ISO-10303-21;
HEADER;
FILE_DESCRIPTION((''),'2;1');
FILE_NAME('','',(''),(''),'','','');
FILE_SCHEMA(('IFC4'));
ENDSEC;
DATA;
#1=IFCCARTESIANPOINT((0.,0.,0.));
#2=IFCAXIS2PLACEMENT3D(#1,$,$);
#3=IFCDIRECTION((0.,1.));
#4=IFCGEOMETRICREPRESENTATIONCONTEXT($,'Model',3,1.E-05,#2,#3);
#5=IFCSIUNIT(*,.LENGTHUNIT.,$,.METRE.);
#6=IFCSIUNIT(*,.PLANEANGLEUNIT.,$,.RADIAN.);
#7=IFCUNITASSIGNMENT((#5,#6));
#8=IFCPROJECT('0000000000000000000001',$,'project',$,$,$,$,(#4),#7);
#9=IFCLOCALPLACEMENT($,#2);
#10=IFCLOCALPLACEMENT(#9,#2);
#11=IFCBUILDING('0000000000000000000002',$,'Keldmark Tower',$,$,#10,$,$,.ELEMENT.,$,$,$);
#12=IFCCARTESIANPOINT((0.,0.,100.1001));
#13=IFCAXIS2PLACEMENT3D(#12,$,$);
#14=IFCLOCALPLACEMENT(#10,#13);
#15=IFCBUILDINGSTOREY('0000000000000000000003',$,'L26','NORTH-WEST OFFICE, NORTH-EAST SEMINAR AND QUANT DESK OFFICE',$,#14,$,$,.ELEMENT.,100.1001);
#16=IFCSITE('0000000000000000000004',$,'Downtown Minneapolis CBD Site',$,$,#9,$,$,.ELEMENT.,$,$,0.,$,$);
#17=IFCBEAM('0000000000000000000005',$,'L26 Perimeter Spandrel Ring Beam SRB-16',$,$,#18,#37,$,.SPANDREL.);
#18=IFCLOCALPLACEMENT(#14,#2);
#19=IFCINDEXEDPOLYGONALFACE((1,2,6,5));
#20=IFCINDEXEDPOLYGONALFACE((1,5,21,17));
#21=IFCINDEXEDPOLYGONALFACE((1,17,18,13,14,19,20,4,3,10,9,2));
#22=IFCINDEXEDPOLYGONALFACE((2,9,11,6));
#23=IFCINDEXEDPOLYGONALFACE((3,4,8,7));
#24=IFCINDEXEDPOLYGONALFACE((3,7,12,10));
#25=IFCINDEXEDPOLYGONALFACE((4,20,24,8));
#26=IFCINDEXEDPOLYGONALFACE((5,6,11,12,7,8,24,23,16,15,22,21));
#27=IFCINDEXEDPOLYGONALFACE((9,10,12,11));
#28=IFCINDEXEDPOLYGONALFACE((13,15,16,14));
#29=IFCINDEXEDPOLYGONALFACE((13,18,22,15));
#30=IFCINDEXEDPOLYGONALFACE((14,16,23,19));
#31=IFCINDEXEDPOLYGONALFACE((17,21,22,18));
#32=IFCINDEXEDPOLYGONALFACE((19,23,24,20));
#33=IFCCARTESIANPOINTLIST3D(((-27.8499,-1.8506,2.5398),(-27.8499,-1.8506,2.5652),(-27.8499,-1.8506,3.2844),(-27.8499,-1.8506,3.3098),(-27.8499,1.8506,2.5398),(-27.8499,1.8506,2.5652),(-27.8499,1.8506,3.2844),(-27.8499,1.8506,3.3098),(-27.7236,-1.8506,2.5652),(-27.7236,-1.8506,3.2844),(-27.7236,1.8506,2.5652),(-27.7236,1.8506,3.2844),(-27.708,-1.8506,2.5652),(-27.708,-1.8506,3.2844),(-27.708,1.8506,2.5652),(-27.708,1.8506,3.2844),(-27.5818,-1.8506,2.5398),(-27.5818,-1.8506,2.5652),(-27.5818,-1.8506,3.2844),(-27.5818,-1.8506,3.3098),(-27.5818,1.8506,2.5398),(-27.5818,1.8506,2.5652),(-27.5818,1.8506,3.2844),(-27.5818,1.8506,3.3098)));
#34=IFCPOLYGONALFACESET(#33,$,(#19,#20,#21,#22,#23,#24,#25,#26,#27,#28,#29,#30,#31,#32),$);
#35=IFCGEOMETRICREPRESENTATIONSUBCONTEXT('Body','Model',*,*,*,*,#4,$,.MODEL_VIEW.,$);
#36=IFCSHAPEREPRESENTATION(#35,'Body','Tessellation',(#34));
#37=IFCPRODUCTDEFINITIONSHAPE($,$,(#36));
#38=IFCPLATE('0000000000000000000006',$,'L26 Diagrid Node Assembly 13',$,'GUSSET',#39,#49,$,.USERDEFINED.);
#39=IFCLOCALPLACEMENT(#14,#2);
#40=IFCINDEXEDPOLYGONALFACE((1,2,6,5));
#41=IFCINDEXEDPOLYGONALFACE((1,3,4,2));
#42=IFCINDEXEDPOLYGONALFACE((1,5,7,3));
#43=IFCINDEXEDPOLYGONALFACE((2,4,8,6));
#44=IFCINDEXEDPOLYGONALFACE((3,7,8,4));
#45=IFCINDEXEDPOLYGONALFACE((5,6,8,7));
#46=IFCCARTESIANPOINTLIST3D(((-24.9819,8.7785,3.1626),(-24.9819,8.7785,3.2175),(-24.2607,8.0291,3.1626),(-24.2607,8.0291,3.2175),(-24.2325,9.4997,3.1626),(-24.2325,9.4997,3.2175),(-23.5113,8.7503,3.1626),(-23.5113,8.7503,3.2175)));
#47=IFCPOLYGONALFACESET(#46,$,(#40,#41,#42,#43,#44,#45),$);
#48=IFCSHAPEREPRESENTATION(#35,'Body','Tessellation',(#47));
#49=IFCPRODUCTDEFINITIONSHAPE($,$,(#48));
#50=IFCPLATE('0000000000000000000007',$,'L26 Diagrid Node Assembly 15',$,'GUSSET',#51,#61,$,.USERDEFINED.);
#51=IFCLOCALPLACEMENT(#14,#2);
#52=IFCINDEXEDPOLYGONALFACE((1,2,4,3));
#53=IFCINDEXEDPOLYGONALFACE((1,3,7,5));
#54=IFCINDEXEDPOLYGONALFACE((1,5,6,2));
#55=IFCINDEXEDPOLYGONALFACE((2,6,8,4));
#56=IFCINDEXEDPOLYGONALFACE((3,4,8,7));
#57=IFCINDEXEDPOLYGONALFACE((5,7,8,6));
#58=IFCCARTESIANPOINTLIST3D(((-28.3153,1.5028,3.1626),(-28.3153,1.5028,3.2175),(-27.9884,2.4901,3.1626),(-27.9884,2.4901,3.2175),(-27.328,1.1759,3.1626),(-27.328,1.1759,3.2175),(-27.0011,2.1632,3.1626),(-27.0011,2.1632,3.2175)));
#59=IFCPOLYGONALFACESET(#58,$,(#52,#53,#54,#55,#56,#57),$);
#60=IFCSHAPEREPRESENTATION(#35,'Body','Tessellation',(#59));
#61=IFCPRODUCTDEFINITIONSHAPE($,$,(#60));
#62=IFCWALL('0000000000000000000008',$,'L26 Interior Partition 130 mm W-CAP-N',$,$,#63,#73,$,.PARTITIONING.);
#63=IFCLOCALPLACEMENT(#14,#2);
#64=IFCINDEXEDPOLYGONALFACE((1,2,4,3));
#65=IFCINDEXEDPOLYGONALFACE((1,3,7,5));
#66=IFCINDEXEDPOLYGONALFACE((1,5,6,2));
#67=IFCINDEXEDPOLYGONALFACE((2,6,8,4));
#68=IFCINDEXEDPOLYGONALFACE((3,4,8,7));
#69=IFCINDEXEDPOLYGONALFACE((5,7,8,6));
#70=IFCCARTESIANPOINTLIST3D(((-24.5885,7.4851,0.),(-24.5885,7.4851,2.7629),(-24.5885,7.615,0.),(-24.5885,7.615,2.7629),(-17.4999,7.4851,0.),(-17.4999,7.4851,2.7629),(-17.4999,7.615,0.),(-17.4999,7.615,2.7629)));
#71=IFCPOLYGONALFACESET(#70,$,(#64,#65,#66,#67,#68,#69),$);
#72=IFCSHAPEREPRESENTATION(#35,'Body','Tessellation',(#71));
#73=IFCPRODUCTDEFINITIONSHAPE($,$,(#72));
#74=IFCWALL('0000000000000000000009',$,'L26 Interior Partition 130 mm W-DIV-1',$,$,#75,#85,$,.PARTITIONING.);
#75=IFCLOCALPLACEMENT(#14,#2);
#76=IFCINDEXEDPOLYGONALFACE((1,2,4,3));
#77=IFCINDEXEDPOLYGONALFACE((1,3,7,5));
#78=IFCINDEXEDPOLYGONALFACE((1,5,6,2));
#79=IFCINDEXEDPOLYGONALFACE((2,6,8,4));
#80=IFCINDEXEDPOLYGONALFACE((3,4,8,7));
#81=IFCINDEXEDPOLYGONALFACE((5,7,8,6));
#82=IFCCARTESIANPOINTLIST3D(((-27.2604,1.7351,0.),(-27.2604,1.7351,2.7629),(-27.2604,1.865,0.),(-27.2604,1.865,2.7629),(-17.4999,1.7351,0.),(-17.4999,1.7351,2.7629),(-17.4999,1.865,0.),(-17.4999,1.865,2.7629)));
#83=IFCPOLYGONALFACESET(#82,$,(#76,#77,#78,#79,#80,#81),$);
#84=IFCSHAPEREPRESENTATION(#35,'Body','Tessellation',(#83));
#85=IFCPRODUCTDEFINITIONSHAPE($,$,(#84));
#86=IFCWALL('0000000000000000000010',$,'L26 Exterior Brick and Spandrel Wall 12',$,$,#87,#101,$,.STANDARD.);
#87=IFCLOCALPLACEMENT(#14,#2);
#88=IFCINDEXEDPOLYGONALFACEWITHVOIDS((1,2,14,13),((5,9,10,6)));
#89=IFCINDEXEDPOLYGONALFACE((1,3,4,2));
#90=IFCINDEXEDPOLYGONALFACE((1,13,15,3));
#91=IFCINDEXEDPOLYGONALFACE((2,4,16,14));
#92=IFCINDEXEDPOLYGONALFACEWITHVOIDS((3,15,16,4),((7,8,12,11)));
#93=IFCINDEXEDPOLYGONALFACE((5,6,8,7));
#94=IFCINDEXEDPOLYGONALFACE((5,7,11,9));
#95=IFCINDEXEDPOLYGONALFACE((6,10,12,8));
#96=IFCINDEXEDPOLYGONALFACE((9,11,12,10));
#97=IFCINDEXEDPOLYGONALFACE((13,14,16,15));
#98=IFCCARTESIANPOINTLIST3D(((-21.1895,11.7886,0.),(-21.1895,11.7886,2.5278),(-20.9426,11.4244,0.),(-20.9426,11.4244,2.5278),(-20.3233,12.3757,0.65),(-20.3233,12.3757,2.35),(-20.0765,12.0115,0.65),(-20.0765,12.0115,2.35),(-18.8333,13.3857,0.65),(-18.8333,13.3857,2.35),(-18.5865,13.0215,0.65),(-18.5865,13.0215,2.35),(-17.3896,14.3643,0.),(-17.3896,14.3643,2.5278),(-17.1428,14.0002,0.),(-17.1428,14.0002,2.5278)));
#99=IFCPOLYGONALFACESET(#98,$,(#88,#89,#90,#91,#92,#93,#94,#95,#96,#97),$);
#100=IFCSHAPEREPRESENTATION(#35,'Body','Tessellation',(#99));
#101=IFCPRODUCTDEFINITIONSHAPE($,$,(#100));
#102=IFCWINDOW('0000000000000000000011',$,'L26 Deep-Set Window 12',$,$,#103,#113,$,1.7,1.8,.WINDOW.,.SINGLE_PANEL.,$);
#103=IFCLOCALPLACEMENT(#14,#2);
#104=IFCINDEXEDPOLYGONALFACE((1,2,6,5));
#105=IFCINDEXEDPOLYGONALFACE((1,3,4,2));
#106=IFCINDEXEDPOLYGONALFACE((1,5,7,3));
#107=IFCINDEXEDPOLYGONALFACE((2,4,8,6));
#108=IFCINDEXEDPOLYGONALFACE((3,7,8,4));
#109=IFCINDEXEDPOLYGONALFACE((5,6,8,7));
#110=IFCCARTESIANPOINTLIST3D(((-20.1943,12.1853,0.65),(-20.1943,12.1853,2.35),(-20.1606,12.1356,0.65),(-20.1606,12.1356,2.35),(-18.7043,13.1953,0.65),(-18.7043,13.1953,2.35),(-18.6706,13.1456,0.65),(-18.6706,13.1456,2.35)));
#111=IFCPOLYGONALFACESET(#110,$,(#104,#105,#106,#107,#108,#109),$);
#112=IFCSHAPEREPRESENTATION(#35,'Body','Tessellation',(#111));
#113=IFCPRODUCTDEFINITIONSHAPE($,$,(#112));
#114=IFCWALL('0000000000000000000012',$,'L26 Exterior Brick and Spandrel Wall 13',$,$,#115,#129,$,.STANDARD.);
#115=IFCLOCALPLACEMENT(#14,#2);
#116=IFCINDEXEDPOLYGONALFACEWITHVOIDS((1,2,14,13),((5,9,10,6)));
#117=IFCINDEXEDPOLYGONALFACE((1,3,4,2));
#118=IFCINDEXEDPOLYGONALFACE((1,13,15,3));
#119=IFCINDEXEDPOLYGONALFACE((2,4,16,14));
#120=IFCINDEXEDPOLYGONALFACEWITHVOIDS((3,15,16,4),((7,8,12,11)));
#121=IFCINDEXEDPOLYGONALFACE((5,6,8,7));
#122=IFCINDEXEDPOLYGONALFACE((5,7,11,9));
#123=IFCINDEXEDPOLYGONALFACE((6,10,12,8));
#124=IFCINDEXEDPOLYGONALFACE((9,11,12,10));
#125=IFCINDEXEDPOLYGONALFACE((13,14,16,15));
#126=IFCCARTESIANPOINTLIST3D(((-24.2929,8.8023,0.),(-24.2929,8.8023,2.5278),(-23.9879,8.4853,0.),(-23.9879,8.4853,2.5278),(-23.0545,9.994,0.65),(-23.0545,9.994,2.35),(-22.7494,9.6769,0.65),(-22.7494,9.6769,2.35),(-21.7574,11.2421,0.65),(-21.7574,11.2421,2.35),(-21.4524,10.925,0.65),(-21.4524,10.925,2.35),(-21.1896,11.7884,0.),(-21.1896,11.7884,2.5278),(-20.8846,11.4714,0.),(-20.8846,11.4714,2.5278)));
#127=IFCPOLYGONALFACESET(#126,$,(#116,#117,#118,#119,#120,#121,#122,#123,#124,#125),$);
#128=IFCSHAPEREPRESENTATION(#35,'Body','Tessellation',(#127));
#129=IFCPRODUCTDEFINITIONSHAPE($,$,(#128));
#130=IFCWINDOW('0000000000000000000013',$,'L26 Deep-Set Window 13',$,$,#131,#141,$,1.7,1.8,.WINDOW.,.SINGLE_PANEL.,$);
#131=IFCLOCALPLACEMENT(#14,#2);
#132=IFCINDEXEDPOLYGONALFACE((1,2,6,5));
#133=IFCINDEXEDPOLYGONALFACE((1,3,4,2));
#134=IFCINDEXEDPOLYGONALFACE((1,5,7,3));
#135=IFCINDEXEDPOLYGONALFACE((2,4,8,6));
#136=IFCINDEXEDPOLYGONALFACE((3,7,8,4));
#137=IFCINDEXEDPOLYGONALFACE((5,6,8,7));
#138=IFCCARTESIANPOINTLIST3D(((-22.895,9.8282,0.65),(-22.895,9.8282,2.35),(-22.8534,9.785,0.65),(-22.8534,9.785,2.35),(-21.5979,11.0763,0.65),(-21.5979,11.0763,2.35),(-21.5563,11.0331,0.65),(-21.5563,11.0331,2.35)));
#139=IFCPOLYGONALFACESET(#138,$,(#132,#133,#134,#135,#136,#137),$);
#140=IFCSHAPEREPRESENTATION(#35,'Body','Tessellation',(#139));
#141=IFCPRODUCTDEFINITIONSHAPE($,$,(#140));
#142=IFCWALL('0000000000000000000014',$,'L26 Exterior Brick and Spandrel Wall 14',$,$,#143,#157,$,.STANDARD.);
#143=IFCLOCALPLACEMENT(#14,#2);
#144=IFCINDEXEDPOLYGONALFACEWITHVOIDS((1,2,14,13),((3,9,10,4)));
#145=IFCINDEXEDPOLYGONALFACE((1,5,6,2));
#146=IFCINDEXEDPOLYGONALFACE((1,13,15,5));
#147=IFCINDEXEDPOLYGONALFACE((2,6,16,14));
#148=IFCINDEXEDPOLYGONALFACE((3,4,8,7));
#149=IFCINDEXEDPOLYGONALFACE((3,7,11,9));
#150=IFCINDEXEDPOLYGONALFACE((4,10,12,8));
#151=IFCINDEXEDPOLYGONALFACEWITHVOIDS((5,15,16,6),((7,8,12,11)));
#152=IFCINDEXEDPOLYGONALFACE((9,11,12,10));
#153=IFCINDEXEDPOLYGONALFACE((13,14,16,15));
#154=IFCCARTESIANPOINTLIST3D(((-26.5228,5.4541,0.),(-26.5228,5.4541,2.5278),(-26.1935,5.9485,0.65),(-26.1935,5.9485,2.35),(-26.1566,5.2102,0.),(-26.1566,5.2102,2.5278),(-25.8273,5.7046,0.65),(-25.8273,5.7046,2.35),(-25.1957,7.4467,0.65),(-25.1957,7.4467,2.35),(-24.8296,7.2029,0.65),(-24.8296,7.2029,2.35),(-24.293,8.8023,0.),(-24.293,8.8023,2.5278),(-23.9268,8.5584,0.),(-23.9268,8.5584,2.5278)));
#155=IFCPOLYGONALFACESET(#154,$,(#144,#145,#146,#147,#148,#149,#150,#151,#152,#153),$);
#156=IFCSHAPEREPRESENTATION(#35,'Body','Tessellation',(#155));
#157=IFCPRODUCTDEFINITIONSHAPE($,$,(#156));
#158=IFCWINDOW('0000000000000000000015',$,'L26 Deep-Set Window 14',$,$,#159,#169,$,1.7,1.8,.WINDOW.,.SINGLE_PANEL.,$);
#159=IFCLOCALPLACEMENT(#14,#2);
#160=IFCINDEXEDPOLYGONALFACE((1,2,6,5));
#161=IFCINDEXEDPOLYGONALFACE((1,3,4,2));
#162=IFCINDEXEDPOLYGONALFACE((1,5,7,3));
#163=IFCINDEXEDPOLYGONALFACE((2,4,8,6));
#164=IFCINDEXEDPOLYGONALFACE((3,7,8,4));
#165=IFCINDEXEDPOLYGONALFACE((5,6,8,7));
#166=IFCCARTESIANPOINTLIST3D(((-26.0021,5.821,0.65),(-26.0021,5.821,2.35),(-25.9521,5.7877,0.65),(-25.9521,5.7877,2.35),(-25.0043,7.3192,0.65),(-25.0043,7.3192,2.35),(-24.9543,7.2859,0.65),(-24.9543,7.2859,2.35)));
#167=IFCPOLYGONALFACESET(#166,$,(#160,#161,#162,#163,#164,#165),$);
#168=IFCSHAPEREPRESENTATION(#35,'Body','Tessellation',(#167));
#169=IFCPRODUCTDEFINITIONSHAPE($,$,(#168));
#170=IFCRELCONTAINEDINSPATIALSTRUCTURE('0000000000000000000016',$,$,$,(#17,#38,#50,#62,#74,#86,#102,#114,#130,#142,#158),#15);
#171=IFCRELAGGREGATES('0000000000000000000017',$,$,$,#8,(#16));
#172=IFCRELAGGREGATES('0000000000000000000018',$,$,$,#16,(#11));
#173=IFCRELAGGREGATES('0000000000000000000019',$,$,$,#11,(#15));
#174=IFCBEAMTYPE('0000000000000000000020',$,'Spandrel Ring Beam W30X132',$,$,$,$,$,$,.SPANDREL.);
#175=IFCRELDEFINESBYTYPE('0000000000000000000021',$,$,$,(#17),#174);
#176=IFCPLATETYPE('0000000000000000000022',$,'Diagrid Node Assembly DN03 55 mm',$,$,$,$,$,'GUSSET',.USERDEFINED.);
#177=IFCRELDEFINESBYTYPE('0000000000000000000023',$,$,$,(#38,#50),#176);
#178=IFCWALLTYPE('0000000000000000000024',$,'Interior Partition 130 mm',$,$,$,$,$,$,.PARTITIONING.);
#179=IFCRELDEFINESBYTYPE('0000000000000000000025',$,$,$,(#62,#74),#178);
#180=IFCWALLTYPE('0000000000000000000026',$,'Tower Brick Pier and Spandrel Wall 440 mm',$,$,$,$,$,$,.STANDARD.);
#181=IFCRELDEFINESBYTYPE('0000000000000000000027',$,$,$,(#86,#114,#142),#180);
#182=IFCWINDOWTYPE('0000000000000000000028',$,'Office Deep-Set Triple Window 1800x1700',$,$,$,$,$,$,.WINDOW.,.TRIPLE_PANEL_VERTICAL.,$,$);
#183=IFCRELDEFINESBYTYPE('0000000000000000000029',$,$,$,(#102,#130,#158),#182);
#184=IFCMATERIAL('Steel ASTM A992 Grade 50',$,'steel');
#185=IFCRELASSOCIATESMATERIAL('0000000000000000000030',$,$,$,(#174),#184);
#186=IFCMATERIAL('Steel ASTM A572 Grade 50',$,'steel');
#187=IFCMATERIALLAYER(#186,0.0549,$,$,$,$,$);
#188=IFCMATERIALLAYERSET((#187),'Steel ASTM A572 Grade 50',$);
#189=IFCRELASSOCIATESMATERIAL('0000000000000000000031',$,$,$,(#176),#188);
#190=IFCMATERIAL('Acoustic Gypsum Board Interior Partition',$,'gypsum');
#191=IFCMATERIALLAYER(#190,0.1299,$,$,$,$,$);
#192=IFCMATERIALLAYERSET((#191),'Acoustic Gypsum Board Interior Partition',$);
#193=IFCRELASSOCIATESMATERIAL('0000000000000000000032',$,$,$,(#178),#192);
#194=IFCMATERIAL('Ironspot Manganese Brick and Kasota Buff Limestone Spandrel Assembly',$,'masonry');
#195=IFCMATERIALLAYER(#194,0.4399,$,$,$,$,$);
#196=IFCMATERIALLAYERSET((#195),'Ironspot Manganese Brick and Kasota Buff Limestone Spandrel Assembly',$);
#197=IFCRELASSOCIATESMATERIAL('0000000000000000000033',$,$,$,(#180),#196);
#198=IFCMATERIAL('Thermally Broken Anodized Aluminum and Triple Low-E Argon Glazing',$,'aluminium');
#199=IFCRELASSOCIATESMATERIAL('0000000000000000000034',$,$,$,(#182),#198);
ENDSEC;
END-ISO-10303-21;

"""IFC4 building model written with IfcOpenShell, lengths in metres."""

from ifc_helpers import new_model, si_unit, direction, frame, frame_2d, origin, origin_2d, place, context, subcontext, project, spatial, rectangle, i_section, extrude, material, layer, layer_set, material_profile, profile_set, type_object, element, fill, save


model = new_model("IFC4")

# Units and contexts
model_context = context("Model", 3, precision=1e-05, world=origin(), true_north=direction((0.0, 1.0)))
body_context = subcontext(model_context, "Body", "Model", "MODEL_VIEW")
ifc_project = project(units=[si_unit("LENGTHUNIT", "METRE"), si_unit("PLANEANGLEUNIT", "RADIAN")], contexts=[model_context])

# Site, building, storey
site_placement = place(None, origin())
site = spatial("IfcSite", under=ifc_project, at=site_placement, Name="Downtown Minneapolis CBD Site", CompositionType="ELEMENT", RefElevation=0.0)
building_placement = place(site_placement, origin())
building = spatial("IfcBuilding", under=site, at=building_placement, Name="Keldmark Tower", CompositionType="ELEMENT")
storey_placement = place(building_placement, frame((0.0, 0.0, 100.1001)))
storey = spatial("IfcBuildingStorey", under=building, at=storey_placement, Name="L26", Description="NORTH-WEST OFFICE, NORTH-EAST SEMINAR AND QUANT DESK OFFICE", CompositionType="ELEMENT", Elevation=100.1001)

# Beam
ifc_material_1 = material(Name="Steel ASTM A992 Grade 50", Category="steel")
ifc_material_profile_1 = material_profile(ifc_material_1, i_section(OverallWidth=0.2681, OverallDepth=0.77, WebThickness=0.0156, FlangeThickness=0.0254, at=origin_2d()), Name="W30X132")
ifc_profile_set_1 = profile_set([ifc_material_profile_1], Name="Steel ASTM A992 Grade 50")
beam_type_1 = type_object("IfcBeamType", Name="Spandrel Ring Beam W30X132", PredefinedType="SPANDREL", material=ifc_profile_set_1)
beam_1_placement = place(storey_placement, frame((-27.7158, 1.8506, 2.9248), z_axis=(0.0, -1.0, 0.0), x_axis=(1.0, 0.0, 0.0)))
element("IfcBeam", 1, at=beam_1_placement, inside=storey, type_object=beam_type_1, Name="L26 Perimeter Spandrel Ring Beam SRB-16", PredefinedType="SPANDREL", context=body_context, shape_type="SweptSolid", body=[
    extrude(i_section(OverallWidth=0.2681, OverallDepth=0.77, WebThickness=0.0156, FlangeThickness=0.0254, at=origin_2d()), origin(), (0.0, 0.0, 1.0), 3.7012),
])

# Plates
ifc_material_2 = material(Name="Steel ASTM A572 Grade 50", Category="steel")
ifc_layer_1 = layer(ifc_material_2, 0.0549)
ifc_layer_set_1 = layer_set([ifc_layer_1], Name="Steel ASTM A572 Grade 50")
plate_type = type_object("IfcPlateType", Name="Diagrid Node Assembly DN03 55 mm", ElementType="GUSSET", PredefinedType="USERDEFINED", material=ifc_layer_set_1)
for number, where, z_axis, x_axis, name in (
    (2, (-24.2466, 8.7644, 3.1626), (0.0, 0.0, 1.0), (-0.720551, -0.693402, 0.0), "L26 Diagrid Node Assembly 13"),
    (3, (-27.6582, 1.833, 3.1626), (0.0, 0.0, 1.0), (-0.314324, -0.949316, 0.0), "L26 Diagrid Node Assembly 15"),
):
    element("IfcPlate", number, at=place(storey_placement, frame(where, z_axis=z_axis, x_axis=x_axis)), inside=storey, type_object=plate_type, Name=name, ObjectType="GUSSET", PredefinedType="USERDEFINED", context=body_context, shape_type="SweptSolid", body=[
        extrude(rectangle(XDim=1.04, YDim=1.04, at=origin_2d()), origin(), (0.0, 0.0, 1.0), 0.0549),
    ])

# Walls
ifc_material_3 = material(Name="Acoustic Gypsum Board Interior Partition", Category="gypsum")
ifc_layer_2 = layer(ifc_material_3, 0.1299)
ifc_layer_set_2 = layer_set([ifc_layer_2], Name="Acoustic Gypsum Board Interior Partition")
wall_type_1 = type_object("IfcWallType", Name="Interior Partition 130 mm", PredefinedType="PARTITIONING", material=ifc_layer_set_2)
wall_1_placement = place(storey_placement, frame((-24.5886, 7.55, 0.0), z_axis=(0.0, 0.0, 1.0), x_axis=(1.0, 0.0, 0.0)))
element("IfcWall", 4, at=wall_1_placement, inside=storey, type_object=wall_type_1, Name="L26 Interior Partition 130 mm W-CAP-N", PredefinedType="PARTITIONING", context=body_context, shape_type="SweptSolid", body=[
    extrude(rectangle(XDim=7.0886, YDim=0.1299, at=frame_2d((3.5444, 0.0))), origin(), (0.0, 0.0, 1.0), 2.7629),
])
wall_2_placement = place(storey_placement, frame((-27.2605, 1.8, 0.0), z_axis=(0.0, 0.0, 1.0), x_axis=(1.0, 0.0, 0.0)))
element("IfcWall", 5, at=wall_2_placement, inside=storey, type_object=wall_type_1, Name="L26 Interior Partition 130 mm W-DIV-1", PredefinedType="PARTITIONING", context=body_context, shape_type="SweptSolid", body=[
    extrude(rectangle(XDim=9.7605, YDim=0.1299, at=frame_2d((4.8804, 0.0))), origin(), (0.0, 0.0, 1.0), 2.7629),
])

# Walls, openings, windows
ifc_material_4 = material(Name="Ironspot Manganese Brick and Kasota Buff Limestone Spandrel Assembly", Category="masonry")
ifc_layer_3 = layer(ifc_material_4, 0.4399)
ifc_layer_set_3 = layer_set([ifc_layer_3], Name="Ironspot Manganese Brick and Kasota Buff Limestone Spandrel Assembly")
wall_type_2 = type_object("IfcWallType", Name="Tower Brick Pier and Spandrel Wall 440 mm", PredefinedType="STANDARD", material=ifc_layer_set_3)
wall_3_placement = place(storey_placement, frame((-21.0662, 11.6064, 0.0), z_axis=(0.0, 0.0, 1.0), x_axis=(0.827755, 0.56109, 0.0)))
wall_3 = element("IfcWall", 6, at=wall_3_placement, inside=storey, type_object=wall_type_2, Name="L26 Exterior Brick and Spandrel Wall 12", PredefinedType="STANDARD", context=body_context, shape_type="SweptSolid", body=[
    extrude(rectangle(XDim=4.5906, YDim=0.4399, at=frame_2d((2.2954, 0.0))), origin(), (0.0, 0.0, 1.0), 2.5278),
])
opening_1_placement = place(wall_3_placement, frame((1.0466, 0.0, 0.6499)))
opening_1 = element("IfcOpeningElement", 7, at=opening_1_placement, cuts=wall_3, PredefinedType="OPENING", context=body_context, shape_type="SweptSolid", body=[
    extrude(rectangle(XDim=1.8, YDim=1.7, at=frame_2d((0.8999, 0.8501))), frame((0.0, 0.23, 0.0), z_axis=(0.0, -1.0, 0.0), x_axis=(1.0, 0.0, 0.0)), (0.0, 0.0, 1.0), 0.46),
])
ifc_material_5 = material(Name="Thermally Broken Anodized Aluminum and Triple Low-E Argon Glazing", Category="aluminium")
window_type = type_object("IfcWindowType", Name="Office Deep-Set Triple Window 1800x1700", PartitioningType="TRIPLE_PANEL_VERTICAL", PredefinedType="WINDOW", material=ifc_material_5)
window_1_placement = place(opening_1_placement, origin())
window_1 = element("IfcWindow", 8, at=window_1_placement, inside=storey, type_object=window_type, Name="L26 Deep-Set Window 12", OverallHeight=1.7, OverallWidth=1.8, PartitioningType="SINGLE_PANEL", PredefinedType="WINDOW", context=body_context, shape_type="SweptSolid", body=[
    extrude(rectangle(XDim=1.8, YDim=1.7, at=frame_2d((0.8999, 0.8501))), frame((0.0, -0.01, 0.0), z_axis=(0.0, -1.0, 0.0), x_axis=(1.0, 0.0, 0.0)), (0.0, 0.0, 1.0), 0.0601),
])
fill(opening_1, window_1)
wall_4_placement = place(storey_placement, frame((-24.1404, 8.6438, 0.0), z_axis=(0.0, 0.0, 1.0), x_axis=(0.720581, 0.69337, 0.0)))
wall_4 = element("IfcWall", 9, at=wall_4_placement, inside=storey, type_object=wall_type_2, Name="L26 Exterior Brick and Spandrel Wall 13", PredefinedType="STANDARD", context=body_context, shape_type="SweptSolid", body=[
    extrude(rectangle(XDim=4.3066, YDim=0.4399, at=frame_2d((2.1533, 0.0))), origin(), (0.0, 0.0, 1.0), 2.5278),
])
opening_2_placement = place(wall_4_placement, frame((1.7188, 0.0, 0.6499)))
opening_2 = element("IfcOpeningElement", 10, at=opening_2_placement, cuts=wall_4, PredefinedType="OPENING", context=body_context, shape_type="SweptSolid", body=[
    extrude(rectangle(XDim=1.8, YDim=1.7, at=frame_2d((0.8999, 0.8501))), frame((0.0, 0.23, 0.0), z_axis=(0.0, -1.0, 0.0), x_axis=(1.0, 0.0, 0.0)), (0.0, 0.0, 1.0), 0.46),
])
window_2_placement = place(opening_2_placement, origin())
window_2 = element("IfcWindow", 11, at=window_2_placement, inside=storey, type_object=window_type, Name="L26 Deep-Set Window 13", OverallHeight=1.7, OverallWidth=1.8, PartitioningType="SINGLE_PANEL", PredefinedType="WINDOW", context=body_context, shape_type="SweptSolid", body=[
    extrude(rectangle(XDim=1.8, YDim=1.7, at=frame_2d((0.8999, 0.8501))), frame((0.0, -0.01, 0.0), z_axis=(0.0, -1.0, 0.0), x_axis=(1.0, 0.0, 0.0)), (0.0, 0.0, 1.0), 0.0601),
])
fill(opening_2, window_2)
wall_5_placement = place(storey_placement, frame((-26.3396, 5.3323, 0.0), z_axis=(0.0, 0.0, 1.0), x_axis=(0.554294, 0.832321, 0.0)))
wall_5 = element("IfcWall", 12, at=wall_5_placement, inside=storey, type_object=wall_type_2, Name="L26 Exterior Brick and Spandrel Wall 14", PredefinedType="STANDARD", context=body_context, shape_type="SweptSolid", body=[
    extrude(rectangle(XDim=4.0227, YDim=0.4399, at=frame_2d((2.0112, 0.0))), origin(), (0.0, 0.0, 1.0), 2.5278),
])
opening_3_placement = place(wall_5_placement, frame((0.594, 0.0, 0.6499)))
opening_3 = element("IfcOpeningElement", 13, at=opening_3_placement, cuts=wall_5, PredefinedType="OPENING", context=body_context, shape_type="SweptSolid", body=[
    extrude(rectangle(XDim=1.8, YDim=1.7, at=frame_2d((0.8999, 0.8501))), frame((0.0, 0.23, 0.0), z_axis=(0.0, -1.0, 0.0), x_axis=(1.0, 0.0, 0.0)), (0.0, 0.0, 1.0), 0.46),
])
window_3_placement = place(opening_3_placement, origin())
window_3 = element("IfcWindow", 14, at=window_3_placement, inside=storey, type_object=window_type, Name="L26 Deep-Set Window 14", OverallHeight=1.7, OverallWidth=1.8, PartitioningType="SINGLE_PANEL", PredefinedType="WINDOW", context=body_context, shape_type="SweptSolid", body=[
    extrude(rectangle(XDim=1.8, YDim=1.7, at=frame_2d((0.8999, 0.8501))), frame((0.0, -0.01, 0.0), z_axis=(0.0, -1.0, 0.0), x_axis=(1.0, 0.0, 0.0)), (0.0, 0.0, 1.0), 0.0601),
])
fill(opening_3, window_3)

save(model, "model.ifc")
